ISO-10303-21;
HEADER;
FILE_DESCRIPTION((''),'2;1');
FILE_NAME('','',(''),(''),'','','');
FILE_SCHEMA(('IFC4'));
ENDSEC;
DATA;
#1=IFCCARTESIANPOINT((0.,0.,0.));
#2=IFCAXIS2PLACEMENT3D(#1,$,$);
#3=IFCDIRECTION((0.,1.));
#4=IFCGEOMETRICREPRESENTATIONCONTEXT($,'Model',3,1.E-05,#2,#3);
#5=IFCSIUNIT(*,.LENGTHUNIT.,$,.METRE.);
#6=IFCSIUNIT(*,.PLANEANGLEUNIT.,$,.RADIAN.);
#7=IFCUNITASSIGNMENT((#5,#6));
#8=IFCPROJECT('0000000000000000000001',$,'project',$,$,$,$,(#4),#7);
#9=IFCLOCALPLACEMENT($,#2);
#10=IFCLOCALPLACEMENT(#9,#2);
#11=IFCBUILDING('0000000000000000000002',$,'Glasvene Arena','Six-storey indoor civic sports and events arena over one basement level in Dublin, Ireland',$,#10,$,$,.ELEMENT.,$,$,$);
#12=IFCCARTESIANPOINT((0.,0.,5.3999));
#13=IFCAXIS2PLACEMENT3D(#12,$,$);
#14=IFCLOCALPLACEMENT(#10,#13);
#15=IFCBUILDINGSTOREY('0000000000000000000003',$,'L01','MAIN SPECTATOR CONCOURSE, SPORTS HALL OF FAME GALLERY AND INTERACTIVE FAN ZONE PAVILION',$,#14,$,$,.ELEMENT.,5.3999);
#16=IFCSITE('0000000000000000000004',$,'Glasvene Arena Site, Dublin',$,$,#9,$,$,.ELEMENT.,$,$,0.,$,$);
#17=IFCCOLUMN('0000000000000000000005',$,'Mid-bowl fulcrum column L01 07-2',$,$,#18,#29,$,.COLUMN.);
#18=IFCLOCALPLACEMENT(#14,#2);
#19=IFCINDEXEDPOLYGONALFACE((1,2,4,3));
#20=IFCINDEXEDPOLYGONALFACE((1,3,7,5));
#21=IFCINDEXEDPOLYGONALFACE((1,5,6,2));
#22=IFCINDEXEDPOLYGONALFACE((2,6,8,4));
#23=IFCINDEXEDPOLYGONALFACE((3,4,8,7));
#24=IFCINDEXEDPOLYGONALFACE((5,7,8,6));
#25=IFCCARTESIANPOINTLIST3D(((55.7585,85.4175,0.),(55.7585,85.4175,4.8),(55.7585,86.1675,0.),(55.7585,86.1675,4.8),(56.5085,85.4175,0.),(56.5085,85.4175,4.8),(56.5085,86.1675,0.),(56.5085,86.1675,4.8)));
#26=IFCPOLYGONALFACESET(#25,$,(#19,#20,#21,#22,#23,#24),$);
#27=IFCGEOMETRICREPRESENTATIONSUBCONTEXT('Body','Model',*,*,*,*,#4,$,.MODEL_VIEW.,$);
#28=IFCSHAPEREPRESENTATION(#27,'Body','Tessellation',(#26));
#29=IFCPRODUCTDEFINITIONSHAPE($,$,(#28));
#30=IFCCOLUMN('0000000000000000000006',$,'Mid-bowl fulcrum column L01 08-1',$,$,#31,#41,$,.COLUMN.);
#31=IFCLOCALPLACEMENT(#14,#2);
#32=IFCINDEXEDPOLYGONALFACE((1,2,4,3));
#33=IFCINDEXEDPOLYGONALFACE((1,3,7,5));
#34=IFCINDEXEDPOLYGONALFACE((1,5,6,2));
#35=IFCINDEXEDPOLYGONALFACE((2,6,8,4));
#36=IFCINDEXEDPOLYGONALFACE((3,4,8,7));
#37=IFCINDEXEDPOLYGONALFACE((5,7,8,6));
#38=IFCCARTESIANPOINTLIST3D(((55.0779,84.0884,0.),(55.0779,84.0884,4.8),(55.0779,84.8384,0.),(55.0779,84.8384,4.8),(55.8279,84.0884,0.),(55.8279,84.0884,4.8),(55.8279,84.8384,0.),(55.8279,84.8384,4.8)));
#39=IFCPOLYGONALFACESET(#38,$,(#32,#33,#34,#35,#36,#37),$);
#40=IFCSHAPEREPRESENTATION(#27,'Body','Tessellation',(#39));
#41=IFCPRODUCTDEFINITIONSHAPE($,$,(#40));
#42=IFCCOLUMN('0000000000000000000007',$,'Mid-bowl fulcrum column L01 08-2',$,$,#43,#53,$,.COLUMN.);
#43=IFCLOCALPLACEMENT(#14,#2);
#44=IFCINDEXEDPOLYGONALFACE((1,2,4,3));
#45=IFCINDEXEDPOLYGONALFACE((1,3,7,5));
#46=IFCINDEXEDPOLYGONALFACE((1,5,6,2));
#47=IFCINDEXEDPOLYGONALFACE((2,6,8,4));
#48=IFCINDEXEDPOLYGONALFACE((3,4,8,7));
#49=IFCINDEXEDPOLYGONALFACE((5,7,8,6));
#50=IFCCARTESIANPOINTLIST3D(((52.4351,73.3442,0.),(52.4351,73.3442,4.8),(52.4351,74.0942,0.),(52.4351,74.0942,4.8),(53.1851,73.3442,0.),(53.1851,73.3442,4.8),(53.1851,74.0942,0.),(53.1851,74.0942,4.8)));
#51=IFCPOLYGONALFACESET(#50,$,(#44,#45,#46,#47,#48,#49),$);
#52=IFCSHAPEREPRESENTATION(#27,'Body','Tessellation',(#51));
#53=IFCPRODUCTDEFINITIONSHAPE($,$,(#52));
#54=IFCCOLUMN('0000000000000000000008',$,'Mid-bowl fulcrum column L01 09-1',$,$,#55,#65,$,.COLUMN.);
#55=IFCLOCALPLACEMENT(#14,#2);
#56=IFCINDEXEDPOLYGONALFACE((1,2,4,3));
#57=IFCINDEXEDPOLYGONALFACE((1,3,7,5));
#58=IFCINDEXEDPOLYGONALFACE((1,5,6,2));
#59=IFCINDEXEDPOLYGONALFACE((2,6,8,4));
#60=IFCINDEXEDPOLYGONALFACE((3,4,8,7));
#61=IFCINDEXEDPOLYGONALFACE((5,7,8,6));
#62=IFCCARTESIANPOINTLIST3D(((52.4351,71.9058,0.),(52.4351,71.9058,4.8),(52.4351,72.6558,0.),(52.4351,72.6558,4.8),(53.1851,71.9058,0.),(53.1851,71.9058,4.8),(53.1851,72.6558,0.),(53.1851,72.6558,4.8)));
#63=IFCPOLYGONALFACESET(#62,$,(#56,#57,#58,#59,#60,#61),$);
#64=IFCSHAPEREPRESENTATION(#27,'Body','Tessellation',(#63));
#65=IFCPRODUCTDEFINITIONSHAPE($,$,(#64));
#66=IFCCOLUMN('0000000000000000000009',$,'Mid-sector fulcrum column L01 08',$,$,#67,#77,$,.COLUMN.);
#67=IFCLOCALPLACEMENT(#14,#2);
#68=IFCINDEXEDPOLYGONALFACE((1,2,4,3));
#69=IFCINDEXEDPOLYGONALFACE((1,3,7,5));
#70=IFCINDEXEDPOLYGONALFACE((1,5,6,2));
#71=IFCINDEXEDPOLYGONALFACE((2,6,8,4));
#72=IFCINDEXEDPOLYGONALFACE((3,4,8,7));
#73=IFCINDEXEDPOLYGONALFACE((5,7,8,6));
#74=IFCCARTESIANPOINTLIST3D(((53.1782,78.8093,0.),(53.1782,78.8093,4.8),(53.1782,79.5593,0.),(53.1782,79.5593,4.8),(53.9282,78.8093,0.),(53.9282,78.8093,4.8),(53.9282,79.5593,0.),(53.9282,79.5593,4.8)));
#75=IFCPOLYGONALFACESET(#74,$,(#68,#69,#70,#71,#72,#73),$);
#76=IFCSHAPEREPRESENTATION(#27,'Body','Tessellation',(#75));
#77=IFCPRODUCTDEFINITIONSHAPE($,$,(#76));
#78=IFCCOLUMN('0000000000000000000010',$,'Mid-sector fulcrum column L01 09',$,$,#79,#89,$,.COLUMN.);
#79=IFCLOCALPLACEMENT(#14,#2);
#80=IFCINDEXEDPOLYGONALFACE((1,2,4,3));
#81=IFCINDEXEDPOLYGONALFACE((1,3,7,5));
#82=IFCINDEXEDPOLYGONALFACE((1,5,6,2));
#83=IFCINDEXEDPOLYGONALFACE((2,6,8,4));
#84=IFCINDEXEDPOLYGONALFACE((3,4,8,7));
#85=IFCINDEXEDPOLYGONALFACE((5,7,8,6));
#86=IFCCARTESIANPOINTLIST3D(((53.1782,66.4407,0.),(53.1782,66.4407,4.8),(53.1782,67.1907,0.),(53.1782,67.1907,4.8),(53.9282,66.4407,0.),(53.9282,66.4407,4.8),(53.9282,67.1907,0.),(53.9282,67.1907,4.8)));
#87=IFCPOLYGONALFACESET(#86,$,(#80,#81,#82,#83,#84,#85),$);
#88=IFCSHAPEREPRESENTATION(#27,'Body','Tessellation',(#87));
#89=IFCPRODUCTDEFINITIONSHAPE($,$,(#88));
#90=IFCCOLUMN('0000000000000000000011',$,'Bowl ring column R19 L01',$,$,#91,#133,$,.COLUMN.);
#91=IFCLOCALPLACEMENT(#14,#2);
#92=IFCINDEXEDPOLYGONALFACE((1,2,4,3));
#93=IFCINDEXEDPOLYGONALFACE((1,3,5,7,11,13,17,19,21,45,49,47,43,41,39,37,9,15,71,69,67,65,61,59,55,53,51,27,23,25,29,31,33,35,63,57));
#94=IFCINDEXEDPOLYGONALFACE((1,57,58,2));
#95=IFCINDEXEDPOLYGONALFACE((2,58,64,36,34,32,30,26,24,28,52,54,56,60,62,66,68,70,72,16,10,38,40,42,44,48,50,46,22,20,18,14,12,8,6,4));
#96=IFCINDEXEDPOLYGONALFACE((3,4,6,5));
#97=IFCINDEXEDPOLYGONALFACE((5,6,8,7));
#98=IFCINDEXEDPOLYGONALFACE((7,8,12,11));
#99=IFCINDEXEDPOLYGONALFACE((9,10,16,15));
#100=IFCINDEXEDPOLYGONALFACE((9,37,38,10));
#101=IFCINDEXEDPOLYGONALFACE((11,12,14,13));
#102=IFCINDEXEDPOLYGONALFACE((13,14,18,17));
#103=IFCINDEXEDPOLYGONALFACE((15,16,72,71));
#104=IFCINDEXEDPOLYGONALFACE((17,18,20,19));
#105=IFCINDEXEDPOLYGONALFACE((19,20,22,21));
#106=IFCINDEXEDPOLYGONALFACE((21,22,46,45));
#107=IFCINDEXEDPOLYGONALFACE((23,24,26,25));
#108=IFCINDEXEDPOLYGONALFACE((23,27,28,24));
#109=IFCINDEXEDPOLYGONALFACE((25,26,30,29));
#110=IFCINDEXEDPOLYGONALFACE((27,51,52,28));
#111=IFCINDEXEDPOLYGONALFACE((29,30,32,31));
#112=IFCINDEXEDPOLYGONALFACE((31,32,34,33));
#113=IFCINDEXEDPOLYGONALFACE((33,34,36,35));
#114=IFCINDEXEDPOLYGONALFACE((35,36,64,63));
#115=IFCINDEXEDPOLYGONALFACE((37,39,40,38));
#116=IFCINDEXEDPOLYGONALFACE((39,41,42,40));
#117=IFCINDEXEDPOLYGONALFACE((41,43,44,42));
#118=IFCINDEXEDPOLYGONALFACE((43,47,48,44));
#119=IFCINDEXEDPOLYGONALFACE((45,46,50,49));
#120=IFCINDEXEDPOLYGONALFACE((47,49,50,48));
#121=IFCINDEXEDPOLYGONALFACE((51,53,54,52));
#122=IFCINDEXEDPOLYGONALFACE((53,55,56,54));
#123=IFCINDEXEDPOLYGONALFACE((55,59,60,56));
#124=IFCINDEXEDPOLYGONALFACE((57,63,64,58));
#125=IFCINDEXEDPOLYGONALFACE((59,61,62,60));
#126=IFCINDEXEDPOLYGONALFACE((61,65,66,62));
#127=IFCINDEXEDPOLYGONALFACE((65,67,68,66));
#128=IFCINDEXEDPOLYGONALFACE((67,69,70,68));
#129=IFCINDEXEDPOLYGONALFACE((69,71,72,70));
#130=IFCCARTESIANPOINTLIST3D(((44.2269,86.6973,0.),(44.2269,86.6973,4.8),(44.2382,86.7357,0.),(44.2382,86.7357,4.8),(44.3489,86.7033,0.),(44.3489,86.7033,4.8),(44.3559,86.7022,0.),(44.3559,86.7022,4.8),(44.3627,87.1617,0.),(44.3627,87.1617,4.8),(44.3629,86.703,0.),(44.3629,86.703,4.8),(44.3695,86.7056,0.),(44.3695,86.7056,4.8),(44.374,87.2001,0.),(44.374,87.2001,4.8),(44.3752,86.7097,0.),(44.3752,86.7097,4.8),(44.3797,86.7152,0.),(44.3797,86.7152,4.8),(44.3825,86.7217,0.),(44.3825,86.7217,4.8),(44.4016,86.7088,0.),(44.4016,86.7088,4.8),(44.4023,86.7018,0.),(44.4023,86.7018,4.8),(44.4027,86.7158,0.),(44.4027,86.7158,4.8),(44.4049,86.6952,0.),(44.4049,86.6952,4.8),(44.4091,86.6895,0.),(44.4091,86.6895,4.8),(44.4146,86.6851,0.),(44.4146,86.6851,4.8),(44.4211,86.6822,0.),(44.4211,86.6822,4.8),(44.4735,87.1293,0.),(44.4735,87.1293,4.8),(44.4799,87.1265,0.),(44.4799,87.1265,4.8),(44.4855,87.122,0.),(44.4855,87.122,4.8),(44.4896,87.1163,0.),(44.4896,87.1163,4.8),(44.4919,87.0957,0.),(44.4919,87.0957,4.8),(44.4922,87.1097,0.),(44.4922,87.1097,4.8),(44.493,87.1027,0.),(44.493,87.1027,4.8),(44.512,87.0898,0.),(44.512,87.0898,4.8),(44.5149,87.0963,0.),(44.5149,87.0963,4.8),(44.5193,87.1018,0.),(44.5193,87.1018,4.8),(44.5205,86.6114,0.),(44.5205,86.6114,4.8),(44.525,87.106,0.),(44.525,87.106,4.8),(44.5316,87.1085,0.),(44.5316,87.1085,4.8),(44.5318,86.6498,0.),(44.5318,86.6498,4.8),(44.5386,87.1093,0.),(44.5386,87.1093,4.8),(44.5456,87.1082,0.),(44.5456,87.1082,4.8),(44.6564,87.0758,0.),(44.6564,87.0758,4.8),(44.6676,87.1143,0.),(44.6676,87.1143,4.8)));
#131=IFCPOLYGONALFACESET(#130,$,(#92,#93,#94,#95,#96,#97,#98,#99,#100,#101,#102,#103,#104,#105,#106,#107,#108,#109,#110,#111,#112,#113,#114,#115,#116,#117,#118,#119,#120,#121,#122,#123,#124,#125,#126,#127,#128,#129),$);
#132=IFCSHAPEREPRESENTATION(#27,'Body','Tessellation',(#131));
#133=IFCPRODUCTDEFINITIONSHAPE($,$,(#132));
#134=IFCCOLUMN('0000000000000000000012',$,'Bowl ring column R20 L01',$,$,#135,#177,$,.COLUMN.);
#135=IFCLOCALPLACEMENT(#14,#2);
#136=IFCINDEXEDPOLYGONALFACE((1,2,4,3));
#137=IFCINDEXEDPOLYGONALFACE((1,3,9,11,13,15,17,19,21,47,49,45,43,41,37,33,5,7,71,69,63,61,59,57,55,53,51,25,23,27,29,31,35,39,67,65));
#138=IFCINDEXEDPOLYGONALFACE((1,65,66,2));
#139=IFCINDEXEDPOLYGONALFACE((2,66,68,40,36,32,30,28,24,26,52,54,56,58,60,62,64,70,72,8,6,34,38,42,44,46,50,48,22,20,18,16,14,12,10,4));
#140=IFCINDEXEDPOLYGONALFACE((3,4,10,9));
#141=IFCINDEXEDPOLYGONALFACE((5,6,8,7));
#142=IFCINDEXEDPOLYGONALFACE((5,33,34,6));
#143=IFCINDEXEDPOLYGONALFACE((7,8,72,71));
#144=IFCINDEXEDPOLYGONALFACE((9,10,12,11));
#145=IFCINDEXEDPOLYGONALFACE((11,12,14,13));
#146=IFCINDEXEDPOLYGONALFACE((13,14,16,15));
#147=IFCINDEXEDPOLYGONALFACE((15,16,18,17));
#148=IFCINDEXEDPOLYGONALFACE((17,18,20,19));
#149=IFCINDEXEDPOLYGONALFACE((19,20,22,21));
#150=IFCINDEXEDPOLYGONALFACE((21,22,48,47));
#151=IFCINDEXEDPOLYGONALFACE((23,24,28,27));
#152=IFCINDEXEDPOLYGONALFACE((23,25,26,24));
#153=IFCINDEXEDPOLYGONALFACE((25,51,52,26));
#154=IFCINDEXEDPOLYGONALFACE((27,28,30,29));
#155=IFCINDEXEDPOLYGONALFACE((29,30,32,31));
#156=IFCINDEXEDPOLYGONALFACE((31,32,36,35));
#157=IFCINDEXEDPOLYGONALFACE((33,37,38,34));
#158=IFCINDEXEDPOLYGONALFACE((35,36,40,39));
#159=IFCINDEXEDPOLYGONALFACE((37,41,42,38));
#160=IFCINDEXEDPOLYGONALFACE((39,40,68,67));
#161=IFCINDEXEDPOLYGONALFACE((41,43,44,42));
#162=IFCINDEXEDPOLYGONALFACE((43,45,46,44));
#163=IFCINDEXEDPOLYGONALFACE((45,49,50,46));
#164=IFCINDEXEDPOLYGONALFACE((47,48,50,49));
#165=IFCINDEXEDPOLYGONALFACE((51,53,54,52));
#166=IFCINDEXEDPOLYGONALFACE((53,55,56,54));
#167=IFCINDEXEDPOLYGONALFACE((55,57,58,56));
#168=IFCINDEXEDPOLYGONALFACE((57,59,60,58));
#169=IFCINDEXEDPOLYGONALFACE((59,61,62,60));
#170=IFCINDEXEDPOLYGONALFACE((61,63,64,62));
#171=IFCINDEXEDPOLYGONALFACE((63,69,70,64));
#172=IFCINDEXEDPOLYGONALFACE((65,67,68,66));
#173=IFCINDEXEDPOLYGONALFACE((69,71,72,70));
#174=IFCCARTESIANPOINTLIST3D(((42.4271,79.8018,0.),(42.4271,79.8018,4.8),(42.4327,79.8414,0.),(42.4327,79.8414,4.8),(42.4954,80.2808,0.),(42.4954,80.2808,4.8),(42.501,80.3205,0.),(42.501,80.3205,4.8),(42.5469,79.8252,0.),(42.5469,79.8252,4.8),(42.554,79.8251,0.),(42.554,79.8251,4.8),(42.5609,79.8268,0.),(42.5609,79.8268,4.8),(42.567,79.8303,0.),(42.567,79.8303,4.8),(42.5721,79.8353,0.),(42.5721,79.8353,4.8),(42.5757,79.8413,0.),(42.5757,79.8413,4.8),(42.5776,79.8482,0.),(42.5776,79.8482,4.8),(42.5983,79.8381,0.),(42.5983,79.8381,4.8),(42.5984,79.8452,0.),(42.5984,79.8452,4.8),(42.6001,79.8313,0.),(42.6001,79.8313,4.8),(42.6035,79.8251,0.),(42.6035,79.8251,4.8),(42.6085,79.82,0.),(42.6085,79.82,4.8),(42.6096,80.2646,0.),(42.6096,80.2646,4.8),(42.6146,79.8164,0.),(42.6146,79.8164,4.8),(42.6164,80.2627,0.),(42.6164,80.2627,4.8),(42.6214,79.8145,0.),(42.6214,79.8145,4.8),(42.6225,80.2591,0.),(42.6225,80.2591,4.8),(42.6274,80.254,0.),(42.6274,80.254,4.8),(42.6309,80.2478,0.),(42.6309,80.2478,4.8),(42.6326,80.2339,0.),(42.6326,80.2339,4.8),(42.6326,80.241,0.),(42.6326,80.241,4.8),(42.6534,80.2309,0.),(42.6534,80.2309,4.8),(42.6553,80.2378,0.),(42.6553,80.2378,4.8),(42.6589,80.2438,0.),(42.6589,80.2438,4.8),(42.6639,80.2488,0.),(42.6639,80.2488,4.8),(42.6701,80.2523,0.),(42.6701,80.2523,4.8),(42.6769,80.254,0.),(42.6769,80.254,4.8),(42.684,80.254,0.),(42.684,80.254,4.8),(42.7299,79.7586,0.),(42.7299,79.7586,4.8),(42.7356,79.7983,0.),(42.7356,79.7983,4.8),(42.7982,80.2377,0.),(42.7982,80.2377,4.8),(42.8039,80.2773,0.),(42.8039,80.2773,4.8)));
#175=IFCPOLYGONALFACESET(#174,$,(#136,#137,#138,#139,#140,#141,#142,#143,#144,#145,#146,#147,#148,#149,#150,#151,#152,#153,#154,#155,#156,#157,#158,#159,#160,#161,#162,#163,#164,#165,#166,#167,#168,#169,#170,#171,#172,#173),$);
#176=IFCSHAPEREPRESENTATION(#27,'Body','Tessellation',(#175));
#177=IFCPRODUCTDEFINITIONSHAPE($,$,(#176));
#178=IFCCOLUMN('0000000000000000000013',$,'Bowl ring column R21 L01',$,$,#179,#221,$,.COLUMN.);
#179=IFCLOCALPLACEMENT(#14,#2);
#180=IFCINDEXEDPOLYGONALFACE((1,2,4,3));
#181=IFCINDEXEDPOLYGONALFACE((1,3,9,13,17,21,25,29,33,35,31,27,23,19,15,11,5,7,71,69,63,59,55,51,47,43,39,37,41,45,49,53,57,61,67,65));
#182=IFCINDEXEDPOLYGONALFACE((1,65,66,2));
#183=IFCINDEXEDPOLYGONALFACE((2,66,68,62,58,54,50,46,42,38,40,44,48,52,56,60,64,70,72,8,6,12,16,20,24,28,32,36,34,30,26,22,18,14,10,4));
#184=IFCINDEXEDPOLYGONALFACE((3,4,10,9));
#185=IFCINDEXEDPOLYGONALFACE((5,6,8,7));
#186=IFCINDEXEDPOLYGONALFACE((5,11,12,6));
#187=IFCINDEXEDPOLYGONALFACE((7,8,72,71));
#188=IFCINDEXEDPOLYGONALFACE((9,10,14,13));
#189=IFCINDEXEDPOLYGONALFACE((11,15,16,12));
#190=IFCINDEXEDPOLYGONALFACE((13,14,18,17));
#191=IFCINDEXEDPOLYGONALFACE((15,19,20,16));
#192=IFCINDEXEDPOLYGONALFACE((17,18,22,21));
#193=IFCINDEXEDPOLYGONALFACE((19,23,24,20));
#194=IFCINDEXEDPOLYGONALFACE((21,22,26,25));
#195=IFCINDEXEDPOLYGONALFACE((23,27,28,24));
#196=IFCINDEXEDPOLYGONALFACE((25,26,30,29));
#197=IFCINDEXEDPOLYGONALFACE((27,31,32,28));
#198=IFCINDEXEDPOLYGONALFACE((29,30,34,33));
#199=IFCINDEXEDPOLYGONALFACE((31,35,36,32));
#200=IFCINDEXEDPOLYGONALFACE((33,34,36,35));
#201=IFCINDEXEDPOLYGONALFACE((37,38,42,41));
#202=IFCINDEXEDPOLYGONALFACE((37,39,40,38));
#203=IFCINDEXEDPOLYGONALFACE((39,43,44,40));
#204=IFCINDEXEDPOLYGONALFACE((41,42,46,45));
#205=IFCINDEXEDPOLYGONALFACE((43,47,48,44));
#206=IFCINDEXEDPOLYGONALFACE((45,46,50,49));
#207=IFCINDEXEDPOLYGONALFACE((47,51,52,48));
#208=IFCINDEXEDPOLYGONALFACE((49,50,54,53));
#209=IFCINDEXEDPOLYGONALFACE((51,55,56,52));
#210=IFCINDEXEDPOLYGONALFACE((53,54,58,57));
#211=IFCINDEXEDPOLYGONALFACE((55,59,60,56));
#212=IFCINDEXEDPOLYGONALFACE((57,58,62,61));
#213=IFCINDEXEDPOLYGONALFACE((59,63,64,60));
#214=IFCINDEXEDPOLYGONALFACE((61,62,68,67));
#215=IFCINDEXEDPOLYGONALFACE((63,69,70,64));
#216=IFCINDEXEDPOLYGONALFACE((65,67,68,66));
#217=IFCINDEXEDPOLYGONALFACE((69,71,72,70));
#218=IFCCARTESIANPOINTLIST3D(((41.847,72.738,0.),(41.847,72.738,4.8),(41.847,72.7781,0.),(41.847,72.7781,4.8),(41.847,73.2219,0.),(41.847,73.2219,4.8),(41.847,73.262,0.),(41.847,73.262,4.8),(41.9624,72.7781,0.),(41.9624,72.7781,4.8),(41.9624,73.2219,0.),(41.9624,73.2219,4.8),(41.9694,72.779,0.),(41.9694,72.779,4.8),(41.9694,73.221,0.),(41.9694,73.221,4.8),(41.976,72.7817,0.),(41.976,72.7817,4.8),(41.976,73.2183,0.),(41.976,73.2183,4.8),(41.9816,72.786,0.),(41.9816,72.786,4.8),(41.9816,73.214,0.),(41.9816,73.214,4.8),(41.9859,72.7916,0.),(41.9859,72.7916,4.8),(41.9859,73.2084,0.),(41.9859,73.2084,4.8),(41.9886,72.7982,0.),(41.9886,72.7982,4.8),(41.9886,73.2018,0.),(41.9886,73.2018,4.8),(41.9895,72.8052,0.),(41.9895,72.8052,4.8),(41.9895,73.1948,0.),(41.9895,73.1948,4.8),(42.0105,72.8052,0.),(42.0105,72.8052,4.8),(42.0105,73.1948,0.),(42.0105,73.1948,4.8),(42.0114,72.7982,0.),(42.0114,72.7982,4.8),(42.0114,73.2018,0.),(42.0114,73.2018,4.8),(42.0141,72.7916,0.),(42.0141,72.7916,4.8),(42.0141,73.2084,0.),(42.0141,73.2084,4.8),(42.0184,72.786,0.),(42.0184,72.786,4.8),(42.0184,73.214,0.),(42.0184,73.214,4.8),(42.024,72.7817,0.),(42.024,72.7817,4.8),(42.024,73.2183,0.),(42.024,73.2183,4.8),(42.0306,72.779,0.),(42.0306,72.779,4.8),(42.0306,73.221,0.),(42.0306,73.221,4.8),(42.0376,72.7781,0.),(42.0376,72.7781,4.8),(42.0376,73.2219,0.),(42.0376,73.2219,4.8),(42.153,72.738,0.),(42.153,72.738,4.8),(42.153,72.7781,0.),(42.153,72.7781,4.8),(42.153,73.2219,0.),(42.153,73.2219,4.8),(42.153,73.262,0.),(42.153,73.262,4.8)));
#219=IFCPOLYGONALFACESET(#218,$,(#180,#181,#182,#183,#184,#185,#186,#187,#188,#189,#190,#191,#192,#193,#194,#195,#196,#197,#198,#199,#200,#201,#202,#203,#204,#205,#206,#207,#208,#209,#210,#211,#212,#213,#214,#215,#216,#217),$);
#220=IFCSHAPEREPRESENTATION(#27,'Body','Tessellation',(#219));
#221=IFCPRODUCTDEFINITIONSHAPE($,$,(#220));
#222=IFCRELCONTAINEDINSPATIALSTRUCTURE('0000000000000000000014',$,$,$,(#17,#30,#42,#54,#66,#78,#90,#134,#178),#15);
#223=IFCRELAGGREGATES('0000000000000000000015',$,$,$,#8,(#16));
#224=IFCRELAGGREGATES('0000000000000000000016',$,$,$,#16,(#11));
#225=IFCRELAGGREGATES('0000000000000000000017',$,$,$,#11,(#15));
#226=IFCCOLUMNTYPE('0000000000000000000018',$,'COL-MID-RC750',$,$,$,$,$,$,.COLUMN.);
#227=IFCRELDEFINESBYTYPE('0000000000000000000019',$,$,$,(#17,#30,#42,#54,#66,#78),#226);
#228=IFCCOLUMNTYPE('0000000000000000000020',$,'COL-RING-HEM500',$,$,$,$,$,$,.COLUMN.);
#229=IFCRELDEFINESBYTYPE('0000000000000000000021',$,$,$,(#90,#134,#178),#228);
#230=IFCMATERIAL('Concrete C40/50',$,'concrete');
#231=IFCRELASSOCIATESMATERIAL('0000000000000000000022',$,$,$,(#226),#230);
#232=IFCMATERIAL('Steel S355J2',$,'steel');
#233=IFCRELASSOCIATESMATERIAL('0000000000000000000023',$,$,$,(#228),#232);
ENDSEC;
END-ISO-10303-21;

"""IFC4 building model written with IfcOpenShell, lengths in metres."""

from ifc_helpers import new_model, si_unit, direction, frame, origin, origin_2d, place, context, subcontext, project, spatial, rectangle, i_section, extrude, material, material_profile, profile_set, type_object, element, save


model = new_model("IFC4")

# Units and contexts
model_context = context("Model", 3, precision=1e-05, world=origin(), true_north=direction((0.0, 1.0)))
body_context = subcontext(model_context, "Body", "Model", "MODEL_VIEW")
ifc_project = project(units=[si_unit("LENGTHUNIT", "METRE"), si_unit("PLANEANGLEUNIT", "RADIAN")], contexts=[model_context])

# Site, building, storey
site_placement = place(None, origin())
site = spatial("IfcSite", under=ifc_project, at=site_placement, Name="Glasvene Arena Site, Dublin", CompositionType="ELEMENT", RefElevation=0.0)
building_placement = place(site_placement, origin())
building = spatial("IfcBuilding", under=site, at=building_placement, Name="Glasvene Arena", Description="Six-storey indoor civic sports and events arena over one basement level in Dublin, Ireland", CompositionType="ELEMENT")
storey_placement = place(building_placement, frame((0.0, 0.0, 5.3999)))
storey = spatial("IfcBuildingStorey", under=building, at=storey_placement, Name="L01", Description="MAIN SPECTATOR CONCOURSE, SPORTS HALL OF FAME GALLERY AND INTERACTIVE FAN ZONE PAVILION", CompositionType="ELEMENT", Elevation=5.3999)

# Columns
ifc_material_1 = material(Name="Concrete C40/50", Category="concrete")
ifc_material_profile_1 = material_profile(ifc_material_1, rectangle(XDim=0.75, YDim=0.75, at=origin_2d()), Name="RC 750x750")
ifc_profile_set_1 = profile_set([ifc_material_profile_1], Name="Concrete C40/50")
column_type_1 = type_object("IfcColumnType", Name="COL-MID-RC750", PredefinedType="COLUMN", material=ifc_profile_set_1)
for number, where, z_axis, x_axis, name in (
    (1, (56.1335, 85.7925, 0.0), (0.0, 0.0, 1.0), (1.0, 0.0, 0.0), "Mid-bowl fulcrum column L01 07-2"),
    (2, (55.4529, 84.4634, 0.0), (0.0, 0.0, 1.0), (1.0, 0.0, 0.0), "Mid-bowl fulcrum column L01 08-1"),
    (3, (52.8101, 73.7192, 0.0), (0.0, 0.0, 1.0), (1.0, 0.0, 0.0), "Mid-bowl fulcrum column L01 08-2"),
    (4, (52.8101, 72.2808, 0.0), (0.0, 0.0, 1.0), (1.0, 0.0, 0.0), "Mid-bowl fulcrum column L01 09-1"),
    (5, (53.5532, 79.1843, 0.0), (0.0, 0.0, 1.0), (1.0, 0.0, 0.0), "Mid-sector fulcrum column L01 08"),
    (6, (53.5532, 66.8157, 0.0), (0.0, 0.0, 1.0), (1.0, 0.0, 0.0), "Mid-sector fulcrum column L01 09"),
):
    element("IfcColumn", number, at=place(storey_placement, frame(where, z_axis=z_axis, x_axis=x_axis)), inside=storey, type_object=column_type_1, Name=name, PredefinedType="COLUMN", context=body_context, shape_type="SweptSolid", body=[
        extrude(rectangle(XDim=0.75, YDim=0.75, at=origin_2d()), origin(), (0.0, 0.0, 1.0), 4.8),
    ])
ifc_material_2 = material(Name="Steel S355J2", Category="steel")
ifc_material_profile_2 = material_profile(ifc_material_2, i_section(OverallWidth=0.3059, OverallDepth=0.5239, WebThickness=0.021, FlangeThickness=0.04, FilletRadius=0.0271, at=origin_2d()), Name="HEM 500")
ifc_profile_set_2 = profile_set([ifc_material_profile_2], Name="Steel S355J2")
column_type_2 = type_object("IfcColumnType", Name="COL-RING-HEM500", PredefinedType="COLUMN", material=ifc_profile_set_2)
for number, where, z_axis, x_axis, name in (
    (7, (44.4473, 86.9058, 0.0), (0.0, 0.0, 1.0), (-0.959805, 0.280667, 0.0), "Bowl ring column R19 L01"),
    (8, (42.6155, 80.0396, 0.0), (0.0, 0.0, 1.0), (-0.989999, 0.141074, 0.0), "Bowl ring column R20 L01"),
    (9, (42.0, 73.0, 0.0), (0.0, 0.0, 1.0), (-1.0, 0.0, 0.0), "Bowl ring column R21 L01"),
):
    element("IfcColumn", number, at=place(storey_placement, frame(where, z_axis=z_axis, x_axis=x_axis)), inside=storey, type_object=column_type_2, Name=name, PredefinedType="COLUMN", context=body_context, shape_type="SweptSolid", body=[
        extrude(i_section(OverallWidth=0.3059, OverallDepth=0.5239, WebThickness=0.021, FlangeThickness=0.04, FilletRadius=0.0271, at=origin_2d()), origin(), (0.0, 0.0, 1.0), 4.8),
    ])

save(model, "model.ifc")
